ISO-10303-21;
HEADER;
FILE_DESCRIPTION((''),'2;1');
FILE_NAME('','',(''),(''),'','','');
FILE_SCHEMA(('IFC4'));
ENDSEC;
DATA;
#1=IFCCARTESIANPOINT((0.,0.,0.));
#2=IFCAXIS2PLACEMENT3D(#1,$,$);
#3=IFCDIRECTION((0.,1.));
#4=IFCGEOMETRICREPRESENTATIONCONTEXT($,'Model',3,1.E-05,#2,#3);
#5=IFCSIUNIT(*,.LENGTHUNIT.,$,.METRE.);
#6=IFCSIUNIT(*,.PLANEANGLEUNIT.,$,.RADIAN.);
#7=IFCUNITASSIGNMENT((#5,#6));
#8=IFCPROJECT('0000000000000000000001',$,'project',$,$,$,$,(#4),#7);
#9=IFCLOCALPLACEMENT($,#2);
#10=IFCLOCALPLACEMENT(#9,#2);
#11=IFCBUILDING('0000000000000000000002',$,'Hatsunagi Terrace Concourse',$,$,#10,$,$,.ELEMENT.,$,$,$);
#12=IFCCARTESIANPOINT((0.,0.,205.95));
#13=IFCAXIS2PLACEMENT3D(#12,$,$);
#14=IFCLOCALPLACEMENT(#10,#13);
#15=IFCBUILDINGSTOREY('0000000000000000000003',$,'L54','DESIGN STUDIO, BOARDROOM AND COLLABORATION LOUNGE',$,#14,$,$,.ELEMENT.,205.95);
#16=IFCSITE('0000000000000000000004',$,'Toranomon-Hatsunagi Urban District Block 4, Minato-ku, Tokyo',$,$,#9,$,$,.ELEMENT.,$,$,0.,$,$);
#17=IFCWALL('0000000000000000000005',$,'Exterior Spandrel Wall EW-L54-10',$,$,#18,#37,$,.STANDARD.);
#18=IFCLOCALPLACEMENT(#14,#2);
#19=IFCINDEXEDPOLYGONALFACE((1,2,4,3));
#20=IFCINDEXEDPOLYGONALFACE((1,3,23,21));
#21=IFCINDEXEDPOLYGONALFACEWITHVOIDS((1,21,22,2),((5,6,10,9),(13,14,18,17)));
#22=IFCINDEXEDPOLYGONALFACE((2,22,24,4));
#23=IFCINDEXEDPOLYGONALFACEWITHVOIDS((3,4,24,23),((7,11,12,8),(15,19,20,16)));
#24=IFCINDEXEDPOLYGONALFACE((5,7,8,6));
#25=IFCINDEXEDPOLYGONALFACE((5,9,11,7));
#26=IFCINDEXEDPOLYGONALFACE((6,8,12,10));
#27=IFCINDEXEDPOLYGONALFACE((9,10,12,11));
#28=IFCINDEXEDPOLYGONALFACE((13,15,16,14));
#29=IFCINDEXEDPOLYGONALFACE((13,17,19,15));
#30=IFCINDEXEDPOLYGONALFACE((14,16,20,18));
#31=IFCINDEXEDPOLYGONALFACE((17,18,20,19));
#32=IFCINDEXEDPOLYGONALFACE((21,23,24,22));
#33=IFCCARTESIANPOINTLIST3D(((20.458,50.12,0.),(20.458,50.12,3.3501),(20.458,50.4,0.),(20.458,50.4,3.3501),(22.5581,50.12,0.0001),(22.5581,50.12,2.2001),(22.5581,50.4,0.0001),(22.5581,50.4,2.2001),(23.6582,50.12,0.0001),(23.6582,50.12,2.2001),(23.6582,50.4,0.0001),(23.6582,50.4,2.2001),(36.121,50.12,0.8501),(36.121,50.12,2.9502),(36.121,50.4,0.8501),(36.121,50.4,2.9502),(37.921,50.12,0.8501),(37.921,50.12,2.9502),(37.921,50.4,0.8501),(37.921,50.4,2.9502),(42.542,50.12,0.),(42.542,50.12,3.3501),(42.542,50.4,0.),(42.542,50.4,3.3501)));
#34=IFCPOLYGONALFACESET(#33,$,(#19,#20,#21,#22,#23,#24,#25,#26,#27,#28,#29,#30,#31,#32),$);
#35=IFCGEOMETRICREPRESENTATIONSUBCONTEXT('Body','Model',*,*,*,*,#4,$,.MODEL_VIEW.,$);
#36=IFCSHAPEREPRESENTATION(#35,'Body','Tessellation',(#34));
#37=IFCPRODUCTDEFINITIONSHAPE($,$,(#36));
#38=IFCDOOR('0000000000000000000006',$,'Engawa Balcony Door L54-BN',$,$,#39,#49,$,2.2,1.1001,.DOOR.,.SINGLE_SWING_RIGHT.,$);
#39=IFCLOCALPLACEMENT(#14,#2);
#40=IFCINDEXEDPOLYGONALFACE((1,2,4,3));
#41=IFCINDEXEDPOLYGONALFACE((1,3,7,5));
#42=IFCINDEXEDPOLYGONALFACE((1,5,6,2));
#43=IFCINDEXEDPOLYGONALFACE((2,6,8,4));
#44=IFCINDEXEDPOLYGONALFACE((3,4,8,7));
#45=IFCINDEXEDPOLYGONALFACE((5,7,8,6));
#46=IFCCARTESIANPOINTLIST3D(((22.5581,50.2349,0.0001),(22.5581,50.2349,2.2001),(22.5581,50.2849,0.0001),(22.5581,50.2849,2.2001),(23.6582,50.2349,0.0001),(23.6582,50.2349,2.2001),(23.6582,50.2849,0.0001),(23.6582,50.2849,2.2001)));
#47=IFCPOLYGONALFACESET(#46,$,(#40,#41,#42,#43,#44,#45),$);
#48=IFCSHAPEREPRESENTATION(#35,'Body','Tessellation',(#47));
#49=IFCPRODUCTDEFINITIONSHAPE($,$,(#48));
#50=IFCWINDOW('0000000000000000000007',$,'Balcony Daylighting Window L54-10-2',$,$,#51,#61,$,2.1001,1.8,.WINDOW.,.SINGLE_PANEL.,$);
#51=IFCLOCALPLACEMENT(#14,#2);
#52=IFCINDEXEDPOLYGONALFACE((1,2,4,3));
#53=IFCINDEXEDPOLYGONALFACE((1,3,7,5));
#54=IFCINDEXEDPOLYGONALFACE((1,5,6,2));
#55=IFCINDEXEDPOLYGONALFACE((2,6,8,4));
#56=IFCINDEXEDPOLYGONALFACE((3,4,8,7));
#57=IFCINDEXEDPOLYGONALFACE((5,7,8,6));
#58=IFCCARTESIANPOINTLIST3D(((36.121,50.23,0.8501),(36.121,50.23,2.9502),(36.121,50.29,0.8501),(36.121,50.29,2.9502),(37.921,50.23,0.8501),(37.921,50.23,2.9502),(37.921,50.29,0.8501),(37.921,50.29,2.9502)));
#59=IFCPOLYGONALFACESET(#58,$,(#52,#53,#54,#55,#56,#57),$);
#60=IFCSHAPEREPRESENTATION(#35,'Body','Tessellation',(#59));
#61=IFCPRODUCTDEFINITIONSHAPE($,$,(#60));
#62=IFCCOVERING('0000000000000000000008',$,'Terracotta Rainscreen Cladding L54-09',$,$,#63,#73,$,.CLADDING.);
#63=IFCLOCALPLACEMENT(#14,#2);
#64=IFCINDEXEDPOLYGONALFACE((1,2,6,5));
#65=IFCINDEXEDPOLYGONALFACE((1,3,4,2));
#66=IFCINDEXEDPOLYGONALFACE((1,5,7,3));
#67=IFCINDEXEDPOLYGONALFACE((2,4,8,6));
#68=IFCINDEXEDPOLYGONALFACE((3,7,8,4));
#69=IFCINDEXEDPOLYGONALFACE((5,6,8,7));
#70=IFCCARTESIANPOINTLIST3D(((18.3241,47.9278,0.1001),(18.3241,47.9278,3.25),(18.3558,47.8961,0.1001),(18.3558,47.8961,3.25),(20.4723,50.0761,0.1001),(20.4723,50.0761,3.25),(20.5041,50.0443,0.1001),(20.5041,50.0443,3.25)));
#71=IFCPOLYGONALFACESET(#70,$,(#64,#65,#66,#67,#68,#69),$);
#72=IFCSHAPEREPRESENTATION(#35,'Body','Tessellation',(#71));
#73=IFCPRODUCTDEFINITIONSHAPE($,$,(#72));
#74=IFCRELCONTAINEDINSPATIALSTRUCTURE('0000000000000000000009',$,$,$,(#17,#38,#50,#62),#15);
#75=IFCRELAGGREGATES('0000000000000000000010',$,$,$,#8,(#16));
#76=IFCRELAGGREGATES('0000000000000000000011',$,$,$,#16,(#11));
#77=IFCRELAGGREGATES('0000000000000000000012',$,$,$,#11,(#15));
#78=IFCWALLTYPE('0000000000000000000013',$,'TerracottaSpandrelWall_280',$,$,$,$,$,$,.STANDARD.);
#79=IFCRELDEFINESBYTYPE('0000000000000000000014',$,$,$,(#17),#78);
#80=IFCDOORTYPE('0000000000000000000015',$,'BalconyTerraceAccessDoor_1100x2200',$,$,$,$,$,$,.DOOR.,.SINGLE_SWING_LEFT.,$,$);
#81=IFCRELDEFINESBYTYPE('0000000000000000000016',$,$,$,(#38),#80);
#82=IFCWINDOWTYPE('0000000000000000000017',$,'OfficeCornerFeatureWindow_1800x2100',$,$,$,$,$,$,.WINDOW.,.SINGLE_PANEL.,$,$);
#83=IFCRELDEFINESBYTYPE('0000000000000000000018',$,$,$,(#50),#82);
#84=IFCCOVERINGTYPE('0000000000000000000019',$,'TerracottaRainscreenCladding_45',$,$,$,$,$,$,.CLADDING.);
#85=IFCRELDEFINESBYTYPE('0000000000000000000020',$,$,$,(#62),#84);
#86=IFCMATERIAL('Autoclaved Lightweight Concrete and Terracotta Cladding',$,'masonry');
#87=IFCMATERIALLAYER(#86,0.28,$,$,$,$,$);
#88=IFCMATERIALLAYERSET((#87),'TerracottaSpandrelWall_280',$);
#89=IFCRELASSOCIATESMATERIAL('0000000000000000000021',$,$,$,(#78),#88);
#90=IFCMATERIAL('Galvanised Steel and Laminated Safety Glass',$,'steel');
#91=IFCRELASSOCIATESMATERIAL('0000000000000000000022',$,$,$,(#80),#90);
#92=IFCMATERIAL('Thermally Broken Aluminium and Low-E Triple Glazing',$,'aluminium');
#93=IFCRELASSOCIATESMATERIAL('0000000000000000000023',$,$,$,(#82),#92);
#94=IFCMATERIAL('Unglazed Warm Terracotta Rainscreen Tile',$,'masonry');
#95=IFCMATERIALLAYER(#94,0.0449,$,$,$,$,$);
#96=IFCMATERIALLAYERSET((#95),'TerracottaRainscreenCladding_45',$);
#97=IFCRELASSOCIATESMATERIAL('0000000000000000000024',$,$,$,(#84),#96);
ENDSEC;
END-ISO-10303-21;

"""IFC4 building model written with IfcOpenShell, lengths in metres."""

from ifc_helpers import new_model, si_unit, direction, frame, frame_2d, origin, origin_2d, place, context, subcontext, project, spatial, rectangle, extrude, material, layer, layer_set, type_object, element, fill, save


model = new_model("IFC4")

# Units and contexts
model_context = context("Model", 3, precision=1e-05, world=origin(), true_north=direction((0.0, 1.0)))
body_context = subcontext(model_context, "Body", "Model", "MODEL_VIEW")
ifc_project = project(units=[si_unit("LENGTHUNIT", "METRE"), si_unit("PLANEANGLEUNIT", "RADIAN")], contexts=[model_context])

# Site, building, storey
site_placement = place(None, origin())
site = spatial("IfcSite", under=ifc_project, at=site_placement, Name="Toranomon-Hatsunagi Urban District Block 4, Minato-ku, Tokyo", CompositionType="ELEMENT", RefElevation=0.0)
building_placement = place(site_placement, origin())
building = spatial("IfcBuilding", under=site, at=building_placement, Name="Hatsunagi Terrace Concourse", CompositionType="ELEMENT")
storey_placement = place(building_placement, frame((0.0, 0.0, 205.95)))
storey = spatial("IfcBuildingStorey", under=building, at=storey_placement, Name="L54", Description="DESIGN STUDIO, BOARDROOM AND COLLABORATION LOUNGE", CompositionType="ELEMENT", Elevation=205.95)

# Shared definitions
ifc_material_1 = material(Name="Autoclaved Lightweight Concrete and Terracotta Cladding", Category="masonry")
ifc_layer_1 = layer(ifc_material_1, 0.28)
ifc_layer_set_1 = layer_set([ifc_layer_1], Name="TerracottaSpandrelWall_280")
wall_type_1 = type_object("IfcWallType", Name="TerracottaSpandrelWall_280", PredefinedType="STANDARD", material=ifc_layer_set_1)

# Wall, openings, door, window
wall_1_placement = place(storey_placement, frame((20.458, 50.26, 0.0), z_axis=(0.0, 0.0, 1.0), x_axis=(1.0, 0.0, 0.0)))
wall_1 = element("IfcWall", 1, at=wall_1_placement, inside=storey, type_object=wall_type_1, Name="Exterior Spandrel Wall EW-L54-10", PredefinedType="STANDARD", context=body_context, shape_type="SweptSolid", body=[
    extrude(rectangle(XDim=22.084, YDim=0.28, at=frame_2d((11.042, 0.0))), origin(), (0.0, 0.0, 1.0), 3.3501),
])
opening_1_placement = place(wall_1_placement, frame((2.1001, 0.0, 0.0)))
opening_1 = element("IfcOpeningElement", 2, at=opening_1_placement, cuts=wall_1, PredefinedType="OPENING", context=body_context, shape_type="SweptSolid", body=[
    extrude(rectangle(XDim=1.1001, YDim=2.2, at=frame_2d((0.55, 1.1001))), frame((0.0, 0.1499, 0.0), z_axis=(0.0, -1.0, 0.0), x_axis=(1.0, 0.0, 0.0)), (0.0, 0.0, 1.0), 0.3),
])
opening_2_placement = place(wall_1_placement, frame((15.6631, 0.0, 0.8501)))
opening_2 = element("IfcOpeningElement", 3, at=opening_2_placement, cuts=wall_1, PredefinedType="OPENING", context=body_context, shape_type="SweptSolid", body=[
    extrude(rectangle(XDim=1.8, YDim=2.1001, at=frame_2d((0.8999, 1.05))), frame((0.0, 0.1499, 0.0), z_axis=(0.0, -1.0, 0.0), x_axis=(1.0, 0.0, 0.0)), (0.0, 0.0, 1.0), 0.3),
])
ifc_material_2 = material(Name="Galvanised Steel and Laminated Safety Glass", Category="steel")
door_type_1 = type_object("IfcDoorType", Name="BalconyTerraceAccessDoor_1100x2200", OperationType="SINGLE_SWING_LEFT", PredefinedType="DOOR", material=ifc_material_2)
door_1_placement = place(opening_1_placement, origin())
door_1 = element("IfcDoor", 4, at=door_1_placement, inside=storey, type_object=door_type_1, Name="Engawa Balcony Door L54-BN", OperationType="SINGLE_SWING_RIGHT", OverallHeight=2.2, OverallWidth=1.1001, PredefinedType="DOOR", context=body_context, shape_type="SweptSolid", body=[
    extrude(rectangle(XDim=1.1001, YDim=2.2, at=frame_2d((0.55, 1.1001))), frame((0.0, 0.0249, 0.0), z_axis=(0.0, -1.0, 0.0), x_axis=(1.0, 0.0, 0.0)), (0.0, 0.0, 1.0), 0.05),
])
fill(opening_1, door_1)
ifc_material_3 = material(Name="Thermally Broken Aluminium and Low-E Triple Glazing", Category="aluminium")
window_type = type_object("IfcWindowType", Name="OfficeCornerFeatureWindow_1800x2100", PartitioningType="SINGLE_PANEL", PredefinedType="WINDOW", material=ifc_material_3)
window_placement = place(opening_2_placement, origin())
window = element("IfcWindow", 5, at=window_placement, inside=storey, type_object=window_type, Name="Balcony Daylighting Window L54-10-2", OverallHeight=2.1001, OverallWidth=1.8, PartitioningType="SINGLE_PANEL", PredefinedType="WINDOW", context=body_context, shape_type="SweptSolid", body=[
    extrude(rectangle(XDim=1.8, YDim=2.1001, at=frame_2d((0.8999, 1.05))), frame((0.0, 0.03, 0.0), z_axis=(0.0, -1.0, 0.0), x_axis=(1.0, 0.0, 0.0)), (0.0, 0.0, 1.0), 0.0601),
])
fill(opening_2, window)

# Covering
ifc_material_4 = material(Name="Unglazed Warm Terracotta Rainscreen Tile", Category="masonry")
ifc_layer_2 = layer(ifc_material_4, 0.0449)
ifc_layer_set_2 = layer_set([ifc_layer_2], Name="TerracottaRainscreenCladding_45")
covering_type = type_object("IfcCoveringType", Name="TerracottaRainscreenCladding_45", PredefinedType="CLADDING", material=ifc_layer_set_2)
covering_placement = place(storey_placement, frame((19.4141, 48.9861, 0.1001), z_axis=(0.0, 0.0, 1.0), x_axis=(0.707107, 0.707107, 0.0)))
element("IfcCovering", 6, at=covering_placement, inside=storey, type_object=covering_type, Name="Terracotta Rainscreen Cladding L54-09", PredefinedType="CLADDING", context=body_context, shape_type="SweptSolid", body=[
    extrude(rectangle(XDim=3.0381, YDim=0.0449, at=origin_2d()), origin(), (0.0, 0.0, 1.0), 3.1499),
])

save(model, "model.ifc")
